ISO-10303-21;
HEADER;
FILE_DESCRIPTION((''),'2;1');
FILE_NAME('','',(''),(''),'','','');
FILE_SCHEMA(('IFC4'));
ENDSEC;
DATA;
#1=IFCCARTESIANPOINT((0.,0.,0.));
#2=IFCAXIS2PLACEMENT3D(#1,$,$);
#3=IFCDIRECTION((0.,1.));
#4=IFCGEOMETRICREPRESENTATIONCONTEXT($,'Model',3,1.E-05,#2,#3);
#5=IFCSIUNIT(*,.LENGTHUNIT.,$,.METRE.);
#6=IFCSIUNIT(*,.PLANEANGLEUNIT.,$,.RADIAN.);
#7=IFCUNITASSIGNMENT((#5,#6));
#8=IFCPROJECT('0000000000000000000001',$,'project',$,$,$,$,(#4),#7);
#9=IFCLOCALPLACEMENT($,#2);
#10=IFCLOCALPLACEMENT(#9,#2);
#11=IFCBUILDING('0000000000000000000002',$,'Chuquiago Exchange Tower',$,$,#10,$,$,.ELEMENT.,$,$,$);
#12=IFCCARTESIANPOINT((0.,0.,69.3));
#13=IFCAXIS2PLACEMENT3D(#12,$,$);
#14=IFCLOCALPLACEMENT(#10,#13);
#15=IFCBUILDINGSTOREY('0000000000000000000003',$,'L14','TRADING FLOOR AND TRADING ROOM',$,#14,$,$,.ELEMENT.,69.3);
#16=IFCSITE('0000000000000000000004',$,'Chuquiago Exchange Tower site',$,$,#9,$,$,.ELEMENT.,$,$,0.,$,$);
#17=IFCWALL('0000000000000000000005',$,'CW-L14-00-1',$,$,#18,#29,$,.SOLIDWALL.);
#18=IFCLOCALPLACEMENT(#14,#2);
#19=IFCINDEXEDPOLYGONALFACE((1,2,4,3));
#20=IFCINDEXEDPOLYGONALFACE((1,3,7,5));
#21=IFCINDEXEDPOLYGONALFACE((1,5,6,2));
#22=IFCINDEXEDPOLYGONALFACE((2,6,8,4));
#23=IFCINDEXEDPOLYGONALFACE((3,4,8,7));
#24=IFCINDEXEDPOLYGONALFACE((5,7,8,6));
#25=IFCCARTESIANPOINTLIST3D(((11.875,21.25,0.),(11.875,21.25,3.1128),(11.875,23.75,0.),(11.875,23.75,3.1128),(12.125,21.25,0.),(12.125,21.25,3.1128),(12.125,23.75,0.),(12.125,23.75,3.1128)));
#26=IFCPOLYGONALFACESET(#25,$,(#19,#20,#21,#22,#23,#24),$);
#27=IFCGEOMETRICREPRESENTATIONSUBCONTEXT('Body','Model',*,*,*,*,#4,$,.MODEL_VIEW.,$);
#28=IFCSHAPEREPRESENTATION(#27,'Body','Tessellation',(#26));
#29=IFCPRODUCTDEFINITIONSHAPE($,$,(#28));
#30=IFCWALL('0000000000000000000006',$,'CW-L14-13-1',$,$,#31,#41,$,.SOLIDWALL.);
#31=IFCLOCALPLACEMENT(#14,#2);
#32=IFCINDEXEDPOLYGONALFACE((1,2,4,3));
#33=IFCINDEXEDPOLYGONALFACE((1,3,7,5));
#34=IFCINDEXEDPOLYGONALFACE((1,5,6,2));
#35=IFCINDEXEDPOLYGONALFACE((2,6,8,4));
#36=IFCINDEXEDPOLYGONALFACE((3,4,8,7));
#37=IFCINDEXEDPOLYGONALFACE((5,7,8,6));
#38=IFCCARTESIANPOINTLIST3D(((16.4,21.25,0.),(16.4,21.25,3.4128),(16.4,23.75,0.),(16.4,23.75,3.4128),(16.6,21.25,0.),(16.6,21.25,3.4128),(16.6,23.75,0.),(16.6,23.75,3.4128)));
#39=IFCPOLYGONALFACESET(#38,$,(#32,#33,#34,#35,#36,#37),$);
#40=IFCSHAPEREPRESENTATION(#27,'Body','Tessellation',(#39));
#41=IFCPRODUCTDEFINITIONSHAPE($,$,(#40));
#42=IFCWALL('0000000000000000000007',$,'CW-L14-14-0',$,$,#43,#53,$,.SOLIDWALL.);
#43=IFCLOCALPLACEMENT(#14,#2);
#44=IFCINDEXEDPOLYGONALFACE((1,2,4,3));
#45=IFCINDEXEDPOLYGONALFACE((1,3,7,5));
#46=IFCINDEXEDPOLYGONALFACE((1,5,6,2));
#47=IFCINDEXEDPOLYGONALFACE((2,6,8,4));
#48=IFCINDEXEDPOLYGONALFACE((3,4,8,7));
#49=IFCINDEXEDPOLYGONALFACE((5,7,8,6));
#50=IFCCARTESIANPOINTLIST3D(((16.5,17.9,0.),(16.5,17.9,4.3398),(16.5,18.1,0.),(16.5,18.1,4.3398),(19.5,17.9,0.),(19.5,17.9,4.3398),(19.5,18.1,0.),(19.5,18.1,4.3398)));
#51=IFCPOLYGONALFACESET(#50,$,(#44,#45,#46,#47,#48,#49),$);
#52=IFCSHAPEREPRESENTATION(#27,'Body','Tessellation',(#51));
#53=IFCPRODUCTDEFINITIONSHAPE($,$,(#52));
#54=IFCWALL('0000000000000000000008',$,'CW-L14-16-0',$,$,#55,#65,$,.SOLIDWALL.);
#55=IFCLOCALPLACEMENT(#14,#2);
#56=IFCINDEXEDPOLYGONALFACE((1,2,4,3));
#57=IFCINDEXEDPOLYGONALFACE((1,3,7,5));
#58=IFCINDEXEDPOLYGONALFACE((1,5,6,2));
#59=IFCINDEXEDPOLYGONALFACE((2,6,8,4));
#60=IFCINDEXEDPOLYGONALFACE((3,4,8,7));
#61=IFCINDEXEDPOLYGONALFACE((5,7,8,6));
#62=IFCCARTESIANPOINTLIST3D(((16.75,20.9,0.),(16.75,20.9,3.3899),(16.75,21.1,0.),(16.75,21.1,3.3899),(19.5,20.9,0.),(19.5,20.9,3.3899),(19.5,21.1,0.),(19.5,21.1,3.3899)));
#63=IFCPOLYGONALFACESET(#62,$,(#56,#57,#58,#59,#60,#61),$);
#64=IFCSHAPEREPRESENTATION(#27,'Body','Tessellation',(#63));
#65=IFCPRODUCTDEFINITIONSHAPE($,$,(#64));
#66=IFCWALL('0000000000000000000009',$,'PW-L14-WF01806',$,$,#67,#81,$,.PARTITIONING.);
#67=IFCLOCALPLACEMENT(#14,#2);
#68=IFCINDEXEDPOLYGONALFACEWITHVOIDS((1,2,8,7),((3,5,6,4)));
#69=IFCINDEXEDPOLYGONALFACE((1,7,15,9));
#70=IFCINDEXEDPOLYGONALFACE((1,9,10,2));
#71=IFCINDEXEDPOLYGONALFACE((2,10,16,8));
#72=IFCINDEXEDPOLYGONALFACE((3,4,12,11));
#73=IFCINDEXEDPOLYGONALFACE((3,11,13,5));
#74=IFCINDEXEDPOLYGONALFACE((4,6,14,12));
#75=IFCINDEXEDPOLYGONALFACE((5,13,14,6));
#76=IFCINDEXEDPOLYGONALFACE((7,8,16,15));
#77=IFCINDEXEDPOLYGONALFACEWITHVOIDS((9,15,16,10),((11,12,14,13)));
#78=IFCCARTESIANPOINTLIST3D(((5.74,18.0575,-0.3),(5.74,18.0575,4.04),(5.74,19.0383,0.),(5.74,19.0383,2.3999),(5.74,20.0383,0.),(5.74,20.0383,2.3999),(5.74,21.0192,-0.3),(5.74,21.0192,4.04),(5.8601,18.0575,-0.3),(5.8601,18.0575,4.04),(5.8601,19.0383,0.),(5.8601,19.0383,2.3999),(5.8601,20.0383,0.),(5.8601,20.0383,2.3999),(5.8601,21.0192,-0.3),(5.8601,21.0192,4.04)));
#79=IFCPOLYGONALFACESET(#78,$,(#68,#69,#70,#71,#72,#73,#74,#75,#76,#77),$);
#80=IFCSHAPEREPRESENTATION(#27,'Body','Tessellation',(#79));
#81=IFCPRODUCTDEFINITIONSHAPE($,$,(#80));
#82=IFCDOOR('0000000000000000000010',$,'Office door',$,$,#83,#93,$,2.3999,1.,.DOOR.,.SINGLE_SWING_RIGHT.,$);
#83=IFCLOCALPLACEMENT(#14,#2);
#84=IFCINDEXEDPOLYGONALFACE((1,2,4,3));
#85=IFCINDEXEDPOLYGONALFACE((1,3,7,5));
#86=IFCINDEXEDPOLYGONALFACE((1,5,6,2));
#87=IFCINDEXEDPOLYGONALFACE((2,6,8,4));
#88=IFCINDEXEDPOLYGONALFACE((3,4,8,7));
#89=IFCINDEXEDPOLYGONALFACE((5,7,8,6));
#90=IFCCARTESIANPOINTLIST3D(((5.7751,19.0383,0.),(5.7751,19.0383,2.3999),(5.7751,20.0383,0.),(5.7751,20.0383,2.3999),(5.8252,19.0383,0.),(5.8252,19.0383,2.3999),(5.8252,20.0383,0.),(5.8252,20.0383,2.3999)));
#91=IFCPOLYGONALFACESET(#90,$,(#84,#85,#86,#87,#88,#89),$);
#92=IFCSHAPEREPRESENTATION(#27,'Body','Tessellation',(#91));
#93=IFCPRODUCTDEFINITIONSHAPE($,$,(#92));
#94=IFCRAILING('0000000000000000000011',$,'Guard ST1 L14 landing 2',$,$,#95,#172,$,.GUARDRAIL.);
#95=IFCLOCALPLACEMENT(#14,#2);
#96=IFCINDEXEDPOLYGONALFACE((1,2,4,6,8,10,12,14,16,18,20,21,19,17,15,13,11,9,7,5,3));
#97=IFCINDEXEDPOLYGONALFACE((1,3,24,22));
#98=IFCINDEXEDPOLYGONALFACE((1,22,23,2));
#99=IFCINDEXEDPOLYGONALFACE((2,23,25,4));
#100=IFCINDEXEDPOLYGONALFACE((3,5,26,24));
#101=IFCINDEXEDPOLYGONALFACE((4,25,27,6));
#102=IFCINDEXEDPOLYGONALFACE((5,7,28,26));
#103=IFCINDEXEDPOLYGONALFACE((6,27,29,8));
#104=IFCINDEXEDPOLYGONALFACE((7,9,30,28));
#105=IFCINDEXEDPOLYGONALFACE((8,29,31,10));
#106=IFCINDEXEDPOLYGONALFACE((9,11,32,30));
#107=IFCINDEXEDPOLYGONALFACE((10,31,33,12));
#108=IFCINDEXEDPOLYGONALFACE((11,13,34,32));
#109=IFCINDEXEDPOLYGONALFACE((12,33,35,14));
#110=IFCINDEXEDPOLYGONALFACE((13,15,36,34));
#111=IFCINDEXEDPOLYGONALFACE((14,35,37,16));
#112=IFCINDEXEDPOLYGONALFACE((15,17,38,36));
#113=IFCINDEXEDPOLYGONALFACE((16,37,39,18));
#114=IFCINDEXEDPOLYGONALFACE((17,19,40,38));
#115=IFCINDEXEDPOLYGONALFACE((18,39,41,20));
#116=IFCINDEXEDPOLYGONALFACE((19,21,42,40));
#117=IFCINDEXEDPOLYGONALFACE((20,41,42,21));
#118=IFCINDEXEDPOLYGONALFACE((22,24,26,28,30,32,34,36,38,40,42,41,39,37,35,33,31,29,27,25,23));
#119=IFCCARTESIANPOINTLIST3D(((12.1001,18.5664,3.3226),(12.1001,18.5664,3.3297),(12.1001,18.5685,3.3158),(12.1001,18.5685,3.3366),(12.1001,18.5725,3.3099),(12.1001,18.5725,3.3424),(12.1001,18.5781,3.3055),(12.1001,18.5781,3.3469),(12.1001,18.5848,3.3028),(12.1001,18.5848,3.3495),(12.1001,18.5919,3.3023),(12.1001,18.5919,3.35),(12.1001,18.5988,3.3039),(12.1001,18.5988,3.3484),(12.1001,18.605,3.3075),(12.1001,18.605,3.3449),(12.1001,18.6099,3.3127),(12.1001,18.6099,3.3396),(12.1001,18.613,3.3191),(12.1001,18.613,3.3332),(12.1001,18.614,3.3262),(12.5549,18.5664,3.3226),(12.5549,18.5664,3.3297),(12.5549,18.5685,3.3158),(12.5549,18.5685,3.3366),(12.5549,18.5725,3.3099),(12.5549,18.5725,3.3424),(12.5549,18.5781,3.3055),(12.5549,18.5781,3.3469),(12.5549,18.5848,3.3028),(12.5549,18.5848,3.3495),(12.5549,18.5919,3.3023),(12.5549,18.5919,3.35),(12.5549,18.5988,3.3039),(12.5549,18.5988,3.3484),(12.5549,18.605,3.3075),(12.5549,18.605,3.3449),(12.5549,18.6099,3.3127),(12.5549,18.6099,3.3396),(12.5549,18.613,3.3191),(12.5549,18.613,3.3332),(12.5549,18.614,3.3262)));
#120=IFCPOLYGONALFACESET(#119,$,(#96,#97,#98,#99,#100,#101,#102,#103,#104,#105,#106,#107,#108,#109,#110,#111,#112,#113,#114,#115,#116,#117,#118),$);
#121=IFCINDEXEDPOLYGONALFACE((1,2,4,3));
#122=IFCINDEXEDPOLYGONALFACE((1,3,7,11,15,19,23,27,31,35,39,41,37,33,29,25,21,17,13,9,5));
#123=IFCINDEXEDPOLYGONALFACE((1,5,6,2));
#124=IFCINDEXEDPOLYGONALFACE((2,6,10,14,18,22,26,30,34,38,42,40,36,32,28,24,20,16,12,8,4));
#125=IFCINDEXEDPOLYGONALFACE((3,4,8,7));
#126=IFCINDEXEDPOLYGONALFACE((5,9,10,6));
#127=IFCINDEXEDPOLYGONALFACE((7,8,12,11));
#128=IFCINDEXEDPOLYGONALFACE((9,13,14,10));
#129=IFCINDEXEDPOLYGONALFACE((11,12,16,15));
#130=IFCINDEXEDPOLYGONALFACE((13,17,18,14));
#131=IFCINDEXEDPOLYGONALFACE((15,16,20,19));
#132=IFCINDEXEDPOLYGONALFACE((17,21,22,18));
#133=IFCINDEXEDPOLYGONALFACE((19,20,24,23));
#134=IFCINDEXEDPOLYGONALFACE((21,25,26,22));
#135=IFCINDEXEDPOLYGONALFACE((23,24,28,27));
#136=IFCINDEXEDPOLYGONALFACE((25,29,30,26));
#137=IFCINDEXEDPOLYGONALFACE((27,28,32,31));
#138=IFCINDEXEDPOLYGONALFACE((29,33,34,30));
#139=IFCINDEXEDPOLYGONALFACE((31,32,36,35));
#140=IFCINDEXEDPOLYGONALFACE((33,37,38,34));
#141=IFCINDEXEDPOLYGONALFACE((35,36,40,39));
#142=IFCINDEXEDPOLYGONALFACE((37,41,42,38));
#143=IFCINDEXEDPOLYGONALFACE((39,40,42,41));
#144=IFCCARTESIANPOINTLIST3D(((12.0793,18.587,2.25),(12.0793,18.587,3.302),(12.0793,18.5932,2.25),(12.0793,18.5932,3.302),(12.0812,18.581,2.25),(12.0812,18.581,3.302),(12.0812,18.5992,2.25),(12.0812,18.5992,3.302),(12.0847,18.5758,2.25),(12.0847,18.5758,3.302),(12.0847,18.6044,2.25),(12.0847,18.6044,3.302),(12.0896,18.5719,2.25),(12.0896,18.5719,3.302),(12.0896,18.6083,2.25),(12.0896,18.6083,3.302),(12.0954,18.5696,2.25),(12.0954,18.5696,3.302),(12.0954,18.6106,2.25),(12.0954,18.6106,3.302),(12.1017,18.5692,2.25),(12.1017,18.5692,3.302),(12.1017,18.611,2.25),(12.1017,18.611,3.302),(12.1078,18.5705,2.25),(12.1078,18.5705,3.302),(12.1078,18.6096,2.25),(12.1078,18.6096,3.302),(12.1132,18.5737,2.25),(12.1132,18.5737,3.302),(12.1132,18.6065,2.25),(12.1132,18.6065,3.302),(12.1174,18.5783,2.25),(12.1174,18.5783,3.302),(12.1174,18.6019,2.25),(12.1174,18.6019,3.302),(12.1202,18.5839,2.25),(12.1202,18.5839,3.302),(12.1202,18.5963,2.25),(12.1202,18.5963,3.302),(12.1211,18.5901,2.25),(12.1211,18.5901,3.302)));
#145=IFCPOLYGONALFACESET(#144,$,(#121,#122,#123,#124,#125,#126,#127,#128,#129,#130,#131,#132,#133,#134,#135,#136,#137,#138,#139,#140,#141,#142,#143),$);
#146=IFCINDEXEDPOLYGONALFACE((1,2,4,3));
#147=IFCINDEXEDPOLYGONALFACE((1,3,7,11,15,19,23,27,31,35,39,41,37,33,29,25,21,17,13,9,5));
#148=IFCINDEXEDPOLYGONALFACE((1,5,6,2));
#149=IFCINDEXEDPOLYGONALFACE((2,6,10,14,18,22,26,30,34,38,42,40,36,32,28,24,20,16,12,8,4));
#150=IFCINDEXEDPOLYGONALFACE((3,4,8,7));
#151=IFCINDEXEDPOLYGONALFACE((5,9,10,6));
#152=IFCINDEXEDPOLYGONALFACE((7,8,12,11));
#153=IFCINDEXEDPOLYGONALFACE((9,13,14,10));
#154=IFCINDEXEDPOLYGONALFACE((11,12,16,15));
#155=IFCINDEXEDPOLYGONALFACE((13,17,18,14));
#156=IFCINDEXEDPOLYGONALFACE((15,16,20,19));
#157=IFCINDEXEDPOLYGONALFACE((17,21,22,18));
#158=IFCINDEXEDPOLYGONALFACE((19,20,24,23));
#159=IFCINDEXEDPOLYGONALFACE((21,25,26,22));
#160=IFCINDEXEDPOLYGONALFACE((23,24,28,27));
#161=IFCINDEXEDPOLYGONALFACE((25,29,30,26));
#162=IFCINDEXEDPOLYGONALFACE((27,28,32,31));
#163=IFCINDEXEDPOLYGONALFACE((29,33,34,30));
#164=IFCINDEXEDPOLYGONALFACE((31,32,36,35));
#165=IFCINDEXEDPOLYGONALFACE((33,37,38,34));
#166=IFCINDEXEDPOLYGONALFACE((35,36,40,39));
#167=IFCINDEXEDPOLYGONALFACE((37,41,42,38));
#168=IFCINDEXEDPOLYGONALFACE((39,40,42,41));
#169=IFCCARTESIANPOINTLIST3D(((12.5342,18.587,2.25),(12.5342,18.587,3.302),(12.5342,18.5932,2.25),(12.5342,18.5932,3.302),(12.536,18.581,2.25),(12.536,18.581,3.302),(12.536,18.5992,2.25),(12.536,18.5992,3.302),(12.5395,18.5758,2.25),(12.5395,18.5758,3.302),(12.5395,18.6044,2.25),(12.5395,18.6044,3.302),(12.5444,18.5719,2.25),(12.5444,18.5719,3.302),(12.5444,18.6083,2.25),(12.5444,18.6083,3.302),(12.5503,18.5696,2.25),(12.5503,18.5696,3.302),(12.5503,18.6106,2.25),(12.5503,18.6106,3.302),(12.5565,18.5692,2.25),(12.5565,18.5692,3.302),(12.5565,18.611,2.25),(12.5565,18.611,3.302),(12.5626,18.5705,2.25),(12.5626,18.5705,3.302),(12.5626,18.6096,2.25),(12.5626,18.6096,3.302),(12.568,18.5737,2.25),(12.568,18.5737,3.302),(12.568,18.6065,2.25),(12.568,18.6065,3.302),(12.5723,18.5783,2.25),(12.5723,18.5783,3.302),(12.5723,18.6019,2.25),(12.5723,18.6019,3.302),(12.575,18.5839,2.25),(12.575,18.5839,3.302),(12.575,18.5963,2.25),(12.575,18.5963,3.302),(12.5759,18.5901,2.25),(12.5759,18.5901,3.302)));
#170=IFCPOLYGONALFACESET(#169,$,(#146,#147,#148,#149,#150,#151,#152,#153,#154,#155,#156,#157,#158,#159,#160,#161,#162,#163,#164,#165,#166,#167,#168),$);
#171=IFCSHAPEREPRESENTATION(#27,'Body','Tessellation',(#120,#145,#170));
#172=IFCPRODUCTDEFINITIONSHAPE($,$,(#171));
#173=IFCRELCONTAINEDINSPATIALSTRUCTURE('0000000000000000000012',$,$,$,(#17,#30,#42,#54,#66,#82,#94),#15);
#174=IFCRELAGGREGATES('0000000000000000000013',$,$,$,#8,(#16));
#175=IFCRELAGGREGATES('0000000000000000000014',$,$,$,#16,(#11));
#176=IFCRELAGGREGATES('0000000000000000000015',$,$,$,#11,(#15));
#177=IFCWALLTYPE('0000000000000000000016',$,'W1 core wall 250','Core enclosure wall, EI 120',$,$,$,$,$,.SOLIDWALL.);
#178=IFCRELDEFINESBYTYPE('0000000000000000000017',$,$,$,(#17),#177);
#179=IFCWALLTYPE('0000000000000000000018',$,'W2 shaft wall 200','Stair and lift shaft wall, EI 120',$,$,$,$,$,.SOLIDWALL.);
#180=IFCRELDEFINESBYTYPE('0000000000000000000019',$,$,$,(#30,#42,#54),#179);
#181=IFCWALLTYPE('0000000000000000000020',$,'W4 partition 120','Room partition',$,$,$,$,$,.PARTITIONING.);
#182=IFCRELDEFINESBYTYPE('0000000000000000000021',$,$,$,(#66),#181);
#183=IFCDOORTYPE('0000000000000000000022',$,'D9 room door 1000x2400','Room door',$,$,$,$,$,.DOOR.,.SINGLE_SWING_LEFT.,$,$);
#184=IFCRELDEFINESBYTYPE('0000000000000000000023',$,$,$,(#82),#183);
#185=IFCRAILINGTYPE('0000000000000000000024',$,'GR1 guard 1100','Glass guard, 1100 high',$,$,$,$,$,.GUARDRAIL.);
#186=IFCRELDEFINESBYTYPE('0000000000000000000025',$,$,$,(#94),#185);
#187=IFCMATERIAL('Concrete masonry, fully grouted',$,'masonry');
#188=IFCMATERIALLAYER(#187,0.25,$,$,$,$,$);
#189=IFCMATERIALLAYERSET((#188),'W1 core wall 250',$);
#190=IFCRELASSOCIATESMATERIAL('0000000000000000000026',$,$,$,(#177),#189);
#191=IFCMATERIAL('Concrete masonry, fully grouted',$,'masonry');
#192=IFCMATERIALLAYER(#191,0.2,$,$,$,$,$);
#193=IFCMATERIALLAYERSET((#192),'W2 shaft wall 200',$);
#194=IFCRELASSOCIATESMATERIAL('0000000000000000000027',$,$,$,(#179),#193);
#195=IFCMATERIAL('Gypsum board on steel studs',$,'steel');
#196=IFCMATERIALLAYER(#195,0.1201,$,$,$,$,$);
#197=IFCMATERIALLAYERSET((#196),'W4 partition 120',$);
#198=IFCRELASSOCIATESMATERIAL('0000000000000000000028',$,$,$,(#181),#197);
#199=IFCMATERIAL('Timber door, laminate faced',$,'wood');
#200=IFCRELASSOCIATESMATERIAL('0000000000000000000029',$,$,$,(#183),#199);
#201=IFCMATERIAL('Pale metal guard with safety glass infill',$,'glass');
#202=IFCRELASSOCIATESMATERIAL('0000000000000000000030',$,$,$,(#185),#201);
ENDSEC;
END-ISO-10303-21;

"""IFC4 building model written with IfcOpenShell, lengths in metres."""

from ifc_helpers import new_model, si_unit, direction, frame, frame_2d, origin, origin_2d, place, context, subcontext, project, spatial, rectangle, circle, extrude, material, layer, layer_set, type_object, element, fill, save


model = new_model("IFC4")

# Units and contexts
model_context = context("Model", 3, precision=1e-05, world=origin(), true_north=direction((0.0, 1.0)))
body_context = subcontext(model_context, "Body", "Model", "MODEL_VIEW")
ifc_project = project(units=[si_unit("LENGTHUNIT", "METRE"), si_unit("PLANEANGLEUNIT", "RADIAN")], contexts=[model_context])

# Site, building, storey
site_placement = place(None, origin())
site = spatial("IfcSite", under=ifc_project, at=site_placement, Name="Chuquiago Exchange Tower site", CompositionType="ELEMENT", RefElevation=0.0)
building_placement = place(site_placement, origin())
building = spatial("IfcBuilding", under=site, at=building_placement, Name="Chuquiago Exchange Tower", CompositionType="ELEMENT")
storey_placement = place(building_placement, frame((0.0, 0.0, 69.3)))
storey = spatial("IfcBuildingStorey", under=building, at=storey_placement, Name="L14", Description="TRADING FLOOR AND TRADING ROOM", CompositionType="ELEMENT", Elevation=69.3)

# Walls
ifc_material_1 = material(Name="Concrete masonry, fully grouted", Category="masonry")
ifc_layer_1 = layer(ifc_material_1, 0.25)
ifc_layer_set_1 = layer_set([ifc_layer_1], Name="W1 core wall 250")
wall_type_1 = type_object("IfcWallType", Name="W1 core wall 250", Description="Core enclosure wall, EI 120", PredefinedType="SOLIDWALL", material=ifc_layer_set_1)
wall_1_placement = place(storey_placement, frame((12.0, 21.25, 0.0), z_axis=(0.0, 0.0, 1.0), x_axis=(0.0, 1.0, 0.0)))
element("IfcWall", 1, at=wall_1_placement, inside=storey, type_object=wall_type_1, Name="CW-L14-00-1", PredefinedType="SOLIDWALL", context=body_context, shape_type="SweptSolid", body=[
    extrude(rectangle(XDim=2.5, YDim=0.25, at=frame_2d((1.25, 0.0))), origin(), (0.0, 0.0, 1.0), 3.1128),
])
ifc_material_2 = material(Name="Concrete masonry, fully grouted", Category="masonry")
ifc_layer_2 = layer(ifc_material_2, 0.2)
ifc_layer_set_2 = layer_set([ifc_layer_2], Name="W2 shaft wall 200")
wall_type_2 = type_object("IfcWallType", Name="W2 shaft wall 200", Description="Stair and lift shaft wall, EI 120", PredefinedType="SOLIDWALL", material=ifc_layer_set_2)
wall_2_placement = place(storey_placement, frame((16.5, 21.25, 0.0), z_axis=(0.0, 0.0, 1.0), x_axis=(0.0, 1.0, 0.0)))
element("IfcWall", 2, at=wall_2_placement, inside=storey, type_object=wall_type_2, Name="CW-L14-13-1", PredefinedType="SOLIDWALL", context=body_context, shape_type="SweptSolid", body=[
    extrude(rectangle(XDim=2.5, YDim=0.2, at=frame_2d((1.25, 0.0))), origin(), (0.0, 0.0, 1.0), 3.4128),
])
wall_3_placement = place(storey_placement, frame((16.5, 18.0, 0.0), z_axis=(0.0, 0.0, 1.0), x_axis=(1.0, 0.0, 0.0)))
element("IfcWall", 3, at=wall_3_placement, inside=storey, type_object=wall_type_2, Name="CW-L14-14-0", PredefinedType="SOLIDWALL", context=body_context, shape_type="SweptSolid", body=[
    extrude(rectangle(XDim=3.0, YDim=0.2, at=frame_2d((1.5, 0.0))), origin(), (0.0, 0.0, 1.0), 4.3398),
])
wall_4_placement = place(storey_placement, frame((16.75, 21.0, 0.0), z_axis=(0.0, 0.0, 1.0), x_axis=(1.0, 0.0, 0.0)))
element("IfcWall", 4, at=wall_4_placement, inside=storey, type_object=wall_type_2, Name="CW-L14-16-0", PredefinedType="SOLIDWALL", context=body_context, shape_type="SweptSolid", body=[
    extrude(rectangle(XDim=2.75, YDim=0.2, at=frame_2d((1.375, 0.0))), origin(), (0.0, 0.0, 1.0), 3.3899),
])

# Wall, opening, door
ifc_material_3 = material(Name="Gypsum board on steel studs", Category="steel")
ifc_layer_3 = layer(ifc_material_3, 0.1201)
ifc_layer_set_3 = layer_set([ifc_layer_3], Name="W4 partition 120")
wall_type_3 = type_object("IfcWallType", Name="W4 partition 120", Description="Room partition", PredefinedType="PARTITIONING", material=ifc_layer_set_3)
wall_5_placement = place(storey_placement, frame((5.8, 18.0574, -0.3), z_axis=(0.0, 0.0, 1.0), x_axis=(0.0, 1.0, 0.0)))
wall_5 = element("IfcWall", 5, at=wall_5_placement, inside=storey, type_object=wall_type_3, Name="PW-L14-WF01806", PredefinedType="PARTITIONING", context=body_context, shape_type="SweptSolid", body=[
    extrude(rectangle(XDim=2.9617, YDim=0.1201, at=frame_2d((1.481, 0.0))), origin(), (0.0, 0.0, 1.0), 4.3401),
])
opening_placement = place(wall_5_placement, frame((0.981, 0.0, 0.3)))
opening = element("IfcOpeningElement", 6, at=opening_placement, cuts=wall_5, PredefinedType="OPENING", context=body_context, shape_type="SweptSolid", body=[
    extrude(rectangle(XDim=1.0, YDim=2.3999, at=frame_2d((0.5, 1.2))), frame((0.0, 0.0701, 0.0), z_axis=(0.0, -1.0, 0.0), x_axis=(1.0, 0.0, 0.0)), (0.0, 0.0, 1.0), 0.1401),
])
ifc_material_4 = material(Name="Timber door, laminate faced", Category="wood")
door_type = type_object("IfcDoorType", Name="D9 room door 1000x2400", Description="Room door", OperationType="SINGLE_SWING_LEFT", PredefinedType="DOOR", material=ifc_material_4)
door_placement = place(opening_placement, origin())
door = element("IfcDoor", 7, at=door_placement, inside=storey, type_object=door_type, Name="Office door", OperationType="SINGLE_SWING_RIGHT", OverallHeight=2.3999, OverallWidth=1.0, PredefinedType="DOOR", context=body_context, shape_type="SweptSolid", body=[
    extrude(rectangle(XDim=1.0, YDim=2.3999, at=frame_2d((0.5, 1.2))), frame((0.0, 0.0249, 0.0), z_axis=(0.0, -1.0, 0.0), x_axis=(1.0, 0.0, 0.0)), (0.0, 0.0, 1.0), 0.05),
])
fill(opening, door)

# Railing
ifc_material_5 = material(Name="Pale metal guard with safety glass infill", Category="glass")
railing_type_1 = type_object("IfcRailingType", Name="GR1 guard 1100", Description="Glass guard, 1100 high", PredefinedType="GUARDRAIL", material=ifc_material_5)
for number, where, name in (
    (8, (12.1001, 18.5901, 2.25), "Guard ST1 L14 landing 2"),
):
    element("IfcRailing", number, at=place(storey_placement, frame(where)), inside=storey, type_object=railing_type_1, Name=name, PredefinedType="GUARDRAIL", context=body_context, shape_type="SweptSolid", body=[
        extrude(circle(Radius=0.0239, at=origin_2d()), frame((0.0, 0.0, 1.0762), z_axis=(1.0, 0.0, 0.0), x_axis=(0.0, 1.0, 0.0)), (0.0, 0.0, 1.0), 0.4548),
        extrude(circle(Radius=0.021, at=origin_2d()), origin(), (0.0, 0.0, 1.0), 1.052),
        extrude(circle(Radius=0.021, at=origin_2d()), frame((0.4548, 0.0, 0.0)), (0.0, 0.0, 1.0), 1.052),
    ])

save(model, "model.ifc")
